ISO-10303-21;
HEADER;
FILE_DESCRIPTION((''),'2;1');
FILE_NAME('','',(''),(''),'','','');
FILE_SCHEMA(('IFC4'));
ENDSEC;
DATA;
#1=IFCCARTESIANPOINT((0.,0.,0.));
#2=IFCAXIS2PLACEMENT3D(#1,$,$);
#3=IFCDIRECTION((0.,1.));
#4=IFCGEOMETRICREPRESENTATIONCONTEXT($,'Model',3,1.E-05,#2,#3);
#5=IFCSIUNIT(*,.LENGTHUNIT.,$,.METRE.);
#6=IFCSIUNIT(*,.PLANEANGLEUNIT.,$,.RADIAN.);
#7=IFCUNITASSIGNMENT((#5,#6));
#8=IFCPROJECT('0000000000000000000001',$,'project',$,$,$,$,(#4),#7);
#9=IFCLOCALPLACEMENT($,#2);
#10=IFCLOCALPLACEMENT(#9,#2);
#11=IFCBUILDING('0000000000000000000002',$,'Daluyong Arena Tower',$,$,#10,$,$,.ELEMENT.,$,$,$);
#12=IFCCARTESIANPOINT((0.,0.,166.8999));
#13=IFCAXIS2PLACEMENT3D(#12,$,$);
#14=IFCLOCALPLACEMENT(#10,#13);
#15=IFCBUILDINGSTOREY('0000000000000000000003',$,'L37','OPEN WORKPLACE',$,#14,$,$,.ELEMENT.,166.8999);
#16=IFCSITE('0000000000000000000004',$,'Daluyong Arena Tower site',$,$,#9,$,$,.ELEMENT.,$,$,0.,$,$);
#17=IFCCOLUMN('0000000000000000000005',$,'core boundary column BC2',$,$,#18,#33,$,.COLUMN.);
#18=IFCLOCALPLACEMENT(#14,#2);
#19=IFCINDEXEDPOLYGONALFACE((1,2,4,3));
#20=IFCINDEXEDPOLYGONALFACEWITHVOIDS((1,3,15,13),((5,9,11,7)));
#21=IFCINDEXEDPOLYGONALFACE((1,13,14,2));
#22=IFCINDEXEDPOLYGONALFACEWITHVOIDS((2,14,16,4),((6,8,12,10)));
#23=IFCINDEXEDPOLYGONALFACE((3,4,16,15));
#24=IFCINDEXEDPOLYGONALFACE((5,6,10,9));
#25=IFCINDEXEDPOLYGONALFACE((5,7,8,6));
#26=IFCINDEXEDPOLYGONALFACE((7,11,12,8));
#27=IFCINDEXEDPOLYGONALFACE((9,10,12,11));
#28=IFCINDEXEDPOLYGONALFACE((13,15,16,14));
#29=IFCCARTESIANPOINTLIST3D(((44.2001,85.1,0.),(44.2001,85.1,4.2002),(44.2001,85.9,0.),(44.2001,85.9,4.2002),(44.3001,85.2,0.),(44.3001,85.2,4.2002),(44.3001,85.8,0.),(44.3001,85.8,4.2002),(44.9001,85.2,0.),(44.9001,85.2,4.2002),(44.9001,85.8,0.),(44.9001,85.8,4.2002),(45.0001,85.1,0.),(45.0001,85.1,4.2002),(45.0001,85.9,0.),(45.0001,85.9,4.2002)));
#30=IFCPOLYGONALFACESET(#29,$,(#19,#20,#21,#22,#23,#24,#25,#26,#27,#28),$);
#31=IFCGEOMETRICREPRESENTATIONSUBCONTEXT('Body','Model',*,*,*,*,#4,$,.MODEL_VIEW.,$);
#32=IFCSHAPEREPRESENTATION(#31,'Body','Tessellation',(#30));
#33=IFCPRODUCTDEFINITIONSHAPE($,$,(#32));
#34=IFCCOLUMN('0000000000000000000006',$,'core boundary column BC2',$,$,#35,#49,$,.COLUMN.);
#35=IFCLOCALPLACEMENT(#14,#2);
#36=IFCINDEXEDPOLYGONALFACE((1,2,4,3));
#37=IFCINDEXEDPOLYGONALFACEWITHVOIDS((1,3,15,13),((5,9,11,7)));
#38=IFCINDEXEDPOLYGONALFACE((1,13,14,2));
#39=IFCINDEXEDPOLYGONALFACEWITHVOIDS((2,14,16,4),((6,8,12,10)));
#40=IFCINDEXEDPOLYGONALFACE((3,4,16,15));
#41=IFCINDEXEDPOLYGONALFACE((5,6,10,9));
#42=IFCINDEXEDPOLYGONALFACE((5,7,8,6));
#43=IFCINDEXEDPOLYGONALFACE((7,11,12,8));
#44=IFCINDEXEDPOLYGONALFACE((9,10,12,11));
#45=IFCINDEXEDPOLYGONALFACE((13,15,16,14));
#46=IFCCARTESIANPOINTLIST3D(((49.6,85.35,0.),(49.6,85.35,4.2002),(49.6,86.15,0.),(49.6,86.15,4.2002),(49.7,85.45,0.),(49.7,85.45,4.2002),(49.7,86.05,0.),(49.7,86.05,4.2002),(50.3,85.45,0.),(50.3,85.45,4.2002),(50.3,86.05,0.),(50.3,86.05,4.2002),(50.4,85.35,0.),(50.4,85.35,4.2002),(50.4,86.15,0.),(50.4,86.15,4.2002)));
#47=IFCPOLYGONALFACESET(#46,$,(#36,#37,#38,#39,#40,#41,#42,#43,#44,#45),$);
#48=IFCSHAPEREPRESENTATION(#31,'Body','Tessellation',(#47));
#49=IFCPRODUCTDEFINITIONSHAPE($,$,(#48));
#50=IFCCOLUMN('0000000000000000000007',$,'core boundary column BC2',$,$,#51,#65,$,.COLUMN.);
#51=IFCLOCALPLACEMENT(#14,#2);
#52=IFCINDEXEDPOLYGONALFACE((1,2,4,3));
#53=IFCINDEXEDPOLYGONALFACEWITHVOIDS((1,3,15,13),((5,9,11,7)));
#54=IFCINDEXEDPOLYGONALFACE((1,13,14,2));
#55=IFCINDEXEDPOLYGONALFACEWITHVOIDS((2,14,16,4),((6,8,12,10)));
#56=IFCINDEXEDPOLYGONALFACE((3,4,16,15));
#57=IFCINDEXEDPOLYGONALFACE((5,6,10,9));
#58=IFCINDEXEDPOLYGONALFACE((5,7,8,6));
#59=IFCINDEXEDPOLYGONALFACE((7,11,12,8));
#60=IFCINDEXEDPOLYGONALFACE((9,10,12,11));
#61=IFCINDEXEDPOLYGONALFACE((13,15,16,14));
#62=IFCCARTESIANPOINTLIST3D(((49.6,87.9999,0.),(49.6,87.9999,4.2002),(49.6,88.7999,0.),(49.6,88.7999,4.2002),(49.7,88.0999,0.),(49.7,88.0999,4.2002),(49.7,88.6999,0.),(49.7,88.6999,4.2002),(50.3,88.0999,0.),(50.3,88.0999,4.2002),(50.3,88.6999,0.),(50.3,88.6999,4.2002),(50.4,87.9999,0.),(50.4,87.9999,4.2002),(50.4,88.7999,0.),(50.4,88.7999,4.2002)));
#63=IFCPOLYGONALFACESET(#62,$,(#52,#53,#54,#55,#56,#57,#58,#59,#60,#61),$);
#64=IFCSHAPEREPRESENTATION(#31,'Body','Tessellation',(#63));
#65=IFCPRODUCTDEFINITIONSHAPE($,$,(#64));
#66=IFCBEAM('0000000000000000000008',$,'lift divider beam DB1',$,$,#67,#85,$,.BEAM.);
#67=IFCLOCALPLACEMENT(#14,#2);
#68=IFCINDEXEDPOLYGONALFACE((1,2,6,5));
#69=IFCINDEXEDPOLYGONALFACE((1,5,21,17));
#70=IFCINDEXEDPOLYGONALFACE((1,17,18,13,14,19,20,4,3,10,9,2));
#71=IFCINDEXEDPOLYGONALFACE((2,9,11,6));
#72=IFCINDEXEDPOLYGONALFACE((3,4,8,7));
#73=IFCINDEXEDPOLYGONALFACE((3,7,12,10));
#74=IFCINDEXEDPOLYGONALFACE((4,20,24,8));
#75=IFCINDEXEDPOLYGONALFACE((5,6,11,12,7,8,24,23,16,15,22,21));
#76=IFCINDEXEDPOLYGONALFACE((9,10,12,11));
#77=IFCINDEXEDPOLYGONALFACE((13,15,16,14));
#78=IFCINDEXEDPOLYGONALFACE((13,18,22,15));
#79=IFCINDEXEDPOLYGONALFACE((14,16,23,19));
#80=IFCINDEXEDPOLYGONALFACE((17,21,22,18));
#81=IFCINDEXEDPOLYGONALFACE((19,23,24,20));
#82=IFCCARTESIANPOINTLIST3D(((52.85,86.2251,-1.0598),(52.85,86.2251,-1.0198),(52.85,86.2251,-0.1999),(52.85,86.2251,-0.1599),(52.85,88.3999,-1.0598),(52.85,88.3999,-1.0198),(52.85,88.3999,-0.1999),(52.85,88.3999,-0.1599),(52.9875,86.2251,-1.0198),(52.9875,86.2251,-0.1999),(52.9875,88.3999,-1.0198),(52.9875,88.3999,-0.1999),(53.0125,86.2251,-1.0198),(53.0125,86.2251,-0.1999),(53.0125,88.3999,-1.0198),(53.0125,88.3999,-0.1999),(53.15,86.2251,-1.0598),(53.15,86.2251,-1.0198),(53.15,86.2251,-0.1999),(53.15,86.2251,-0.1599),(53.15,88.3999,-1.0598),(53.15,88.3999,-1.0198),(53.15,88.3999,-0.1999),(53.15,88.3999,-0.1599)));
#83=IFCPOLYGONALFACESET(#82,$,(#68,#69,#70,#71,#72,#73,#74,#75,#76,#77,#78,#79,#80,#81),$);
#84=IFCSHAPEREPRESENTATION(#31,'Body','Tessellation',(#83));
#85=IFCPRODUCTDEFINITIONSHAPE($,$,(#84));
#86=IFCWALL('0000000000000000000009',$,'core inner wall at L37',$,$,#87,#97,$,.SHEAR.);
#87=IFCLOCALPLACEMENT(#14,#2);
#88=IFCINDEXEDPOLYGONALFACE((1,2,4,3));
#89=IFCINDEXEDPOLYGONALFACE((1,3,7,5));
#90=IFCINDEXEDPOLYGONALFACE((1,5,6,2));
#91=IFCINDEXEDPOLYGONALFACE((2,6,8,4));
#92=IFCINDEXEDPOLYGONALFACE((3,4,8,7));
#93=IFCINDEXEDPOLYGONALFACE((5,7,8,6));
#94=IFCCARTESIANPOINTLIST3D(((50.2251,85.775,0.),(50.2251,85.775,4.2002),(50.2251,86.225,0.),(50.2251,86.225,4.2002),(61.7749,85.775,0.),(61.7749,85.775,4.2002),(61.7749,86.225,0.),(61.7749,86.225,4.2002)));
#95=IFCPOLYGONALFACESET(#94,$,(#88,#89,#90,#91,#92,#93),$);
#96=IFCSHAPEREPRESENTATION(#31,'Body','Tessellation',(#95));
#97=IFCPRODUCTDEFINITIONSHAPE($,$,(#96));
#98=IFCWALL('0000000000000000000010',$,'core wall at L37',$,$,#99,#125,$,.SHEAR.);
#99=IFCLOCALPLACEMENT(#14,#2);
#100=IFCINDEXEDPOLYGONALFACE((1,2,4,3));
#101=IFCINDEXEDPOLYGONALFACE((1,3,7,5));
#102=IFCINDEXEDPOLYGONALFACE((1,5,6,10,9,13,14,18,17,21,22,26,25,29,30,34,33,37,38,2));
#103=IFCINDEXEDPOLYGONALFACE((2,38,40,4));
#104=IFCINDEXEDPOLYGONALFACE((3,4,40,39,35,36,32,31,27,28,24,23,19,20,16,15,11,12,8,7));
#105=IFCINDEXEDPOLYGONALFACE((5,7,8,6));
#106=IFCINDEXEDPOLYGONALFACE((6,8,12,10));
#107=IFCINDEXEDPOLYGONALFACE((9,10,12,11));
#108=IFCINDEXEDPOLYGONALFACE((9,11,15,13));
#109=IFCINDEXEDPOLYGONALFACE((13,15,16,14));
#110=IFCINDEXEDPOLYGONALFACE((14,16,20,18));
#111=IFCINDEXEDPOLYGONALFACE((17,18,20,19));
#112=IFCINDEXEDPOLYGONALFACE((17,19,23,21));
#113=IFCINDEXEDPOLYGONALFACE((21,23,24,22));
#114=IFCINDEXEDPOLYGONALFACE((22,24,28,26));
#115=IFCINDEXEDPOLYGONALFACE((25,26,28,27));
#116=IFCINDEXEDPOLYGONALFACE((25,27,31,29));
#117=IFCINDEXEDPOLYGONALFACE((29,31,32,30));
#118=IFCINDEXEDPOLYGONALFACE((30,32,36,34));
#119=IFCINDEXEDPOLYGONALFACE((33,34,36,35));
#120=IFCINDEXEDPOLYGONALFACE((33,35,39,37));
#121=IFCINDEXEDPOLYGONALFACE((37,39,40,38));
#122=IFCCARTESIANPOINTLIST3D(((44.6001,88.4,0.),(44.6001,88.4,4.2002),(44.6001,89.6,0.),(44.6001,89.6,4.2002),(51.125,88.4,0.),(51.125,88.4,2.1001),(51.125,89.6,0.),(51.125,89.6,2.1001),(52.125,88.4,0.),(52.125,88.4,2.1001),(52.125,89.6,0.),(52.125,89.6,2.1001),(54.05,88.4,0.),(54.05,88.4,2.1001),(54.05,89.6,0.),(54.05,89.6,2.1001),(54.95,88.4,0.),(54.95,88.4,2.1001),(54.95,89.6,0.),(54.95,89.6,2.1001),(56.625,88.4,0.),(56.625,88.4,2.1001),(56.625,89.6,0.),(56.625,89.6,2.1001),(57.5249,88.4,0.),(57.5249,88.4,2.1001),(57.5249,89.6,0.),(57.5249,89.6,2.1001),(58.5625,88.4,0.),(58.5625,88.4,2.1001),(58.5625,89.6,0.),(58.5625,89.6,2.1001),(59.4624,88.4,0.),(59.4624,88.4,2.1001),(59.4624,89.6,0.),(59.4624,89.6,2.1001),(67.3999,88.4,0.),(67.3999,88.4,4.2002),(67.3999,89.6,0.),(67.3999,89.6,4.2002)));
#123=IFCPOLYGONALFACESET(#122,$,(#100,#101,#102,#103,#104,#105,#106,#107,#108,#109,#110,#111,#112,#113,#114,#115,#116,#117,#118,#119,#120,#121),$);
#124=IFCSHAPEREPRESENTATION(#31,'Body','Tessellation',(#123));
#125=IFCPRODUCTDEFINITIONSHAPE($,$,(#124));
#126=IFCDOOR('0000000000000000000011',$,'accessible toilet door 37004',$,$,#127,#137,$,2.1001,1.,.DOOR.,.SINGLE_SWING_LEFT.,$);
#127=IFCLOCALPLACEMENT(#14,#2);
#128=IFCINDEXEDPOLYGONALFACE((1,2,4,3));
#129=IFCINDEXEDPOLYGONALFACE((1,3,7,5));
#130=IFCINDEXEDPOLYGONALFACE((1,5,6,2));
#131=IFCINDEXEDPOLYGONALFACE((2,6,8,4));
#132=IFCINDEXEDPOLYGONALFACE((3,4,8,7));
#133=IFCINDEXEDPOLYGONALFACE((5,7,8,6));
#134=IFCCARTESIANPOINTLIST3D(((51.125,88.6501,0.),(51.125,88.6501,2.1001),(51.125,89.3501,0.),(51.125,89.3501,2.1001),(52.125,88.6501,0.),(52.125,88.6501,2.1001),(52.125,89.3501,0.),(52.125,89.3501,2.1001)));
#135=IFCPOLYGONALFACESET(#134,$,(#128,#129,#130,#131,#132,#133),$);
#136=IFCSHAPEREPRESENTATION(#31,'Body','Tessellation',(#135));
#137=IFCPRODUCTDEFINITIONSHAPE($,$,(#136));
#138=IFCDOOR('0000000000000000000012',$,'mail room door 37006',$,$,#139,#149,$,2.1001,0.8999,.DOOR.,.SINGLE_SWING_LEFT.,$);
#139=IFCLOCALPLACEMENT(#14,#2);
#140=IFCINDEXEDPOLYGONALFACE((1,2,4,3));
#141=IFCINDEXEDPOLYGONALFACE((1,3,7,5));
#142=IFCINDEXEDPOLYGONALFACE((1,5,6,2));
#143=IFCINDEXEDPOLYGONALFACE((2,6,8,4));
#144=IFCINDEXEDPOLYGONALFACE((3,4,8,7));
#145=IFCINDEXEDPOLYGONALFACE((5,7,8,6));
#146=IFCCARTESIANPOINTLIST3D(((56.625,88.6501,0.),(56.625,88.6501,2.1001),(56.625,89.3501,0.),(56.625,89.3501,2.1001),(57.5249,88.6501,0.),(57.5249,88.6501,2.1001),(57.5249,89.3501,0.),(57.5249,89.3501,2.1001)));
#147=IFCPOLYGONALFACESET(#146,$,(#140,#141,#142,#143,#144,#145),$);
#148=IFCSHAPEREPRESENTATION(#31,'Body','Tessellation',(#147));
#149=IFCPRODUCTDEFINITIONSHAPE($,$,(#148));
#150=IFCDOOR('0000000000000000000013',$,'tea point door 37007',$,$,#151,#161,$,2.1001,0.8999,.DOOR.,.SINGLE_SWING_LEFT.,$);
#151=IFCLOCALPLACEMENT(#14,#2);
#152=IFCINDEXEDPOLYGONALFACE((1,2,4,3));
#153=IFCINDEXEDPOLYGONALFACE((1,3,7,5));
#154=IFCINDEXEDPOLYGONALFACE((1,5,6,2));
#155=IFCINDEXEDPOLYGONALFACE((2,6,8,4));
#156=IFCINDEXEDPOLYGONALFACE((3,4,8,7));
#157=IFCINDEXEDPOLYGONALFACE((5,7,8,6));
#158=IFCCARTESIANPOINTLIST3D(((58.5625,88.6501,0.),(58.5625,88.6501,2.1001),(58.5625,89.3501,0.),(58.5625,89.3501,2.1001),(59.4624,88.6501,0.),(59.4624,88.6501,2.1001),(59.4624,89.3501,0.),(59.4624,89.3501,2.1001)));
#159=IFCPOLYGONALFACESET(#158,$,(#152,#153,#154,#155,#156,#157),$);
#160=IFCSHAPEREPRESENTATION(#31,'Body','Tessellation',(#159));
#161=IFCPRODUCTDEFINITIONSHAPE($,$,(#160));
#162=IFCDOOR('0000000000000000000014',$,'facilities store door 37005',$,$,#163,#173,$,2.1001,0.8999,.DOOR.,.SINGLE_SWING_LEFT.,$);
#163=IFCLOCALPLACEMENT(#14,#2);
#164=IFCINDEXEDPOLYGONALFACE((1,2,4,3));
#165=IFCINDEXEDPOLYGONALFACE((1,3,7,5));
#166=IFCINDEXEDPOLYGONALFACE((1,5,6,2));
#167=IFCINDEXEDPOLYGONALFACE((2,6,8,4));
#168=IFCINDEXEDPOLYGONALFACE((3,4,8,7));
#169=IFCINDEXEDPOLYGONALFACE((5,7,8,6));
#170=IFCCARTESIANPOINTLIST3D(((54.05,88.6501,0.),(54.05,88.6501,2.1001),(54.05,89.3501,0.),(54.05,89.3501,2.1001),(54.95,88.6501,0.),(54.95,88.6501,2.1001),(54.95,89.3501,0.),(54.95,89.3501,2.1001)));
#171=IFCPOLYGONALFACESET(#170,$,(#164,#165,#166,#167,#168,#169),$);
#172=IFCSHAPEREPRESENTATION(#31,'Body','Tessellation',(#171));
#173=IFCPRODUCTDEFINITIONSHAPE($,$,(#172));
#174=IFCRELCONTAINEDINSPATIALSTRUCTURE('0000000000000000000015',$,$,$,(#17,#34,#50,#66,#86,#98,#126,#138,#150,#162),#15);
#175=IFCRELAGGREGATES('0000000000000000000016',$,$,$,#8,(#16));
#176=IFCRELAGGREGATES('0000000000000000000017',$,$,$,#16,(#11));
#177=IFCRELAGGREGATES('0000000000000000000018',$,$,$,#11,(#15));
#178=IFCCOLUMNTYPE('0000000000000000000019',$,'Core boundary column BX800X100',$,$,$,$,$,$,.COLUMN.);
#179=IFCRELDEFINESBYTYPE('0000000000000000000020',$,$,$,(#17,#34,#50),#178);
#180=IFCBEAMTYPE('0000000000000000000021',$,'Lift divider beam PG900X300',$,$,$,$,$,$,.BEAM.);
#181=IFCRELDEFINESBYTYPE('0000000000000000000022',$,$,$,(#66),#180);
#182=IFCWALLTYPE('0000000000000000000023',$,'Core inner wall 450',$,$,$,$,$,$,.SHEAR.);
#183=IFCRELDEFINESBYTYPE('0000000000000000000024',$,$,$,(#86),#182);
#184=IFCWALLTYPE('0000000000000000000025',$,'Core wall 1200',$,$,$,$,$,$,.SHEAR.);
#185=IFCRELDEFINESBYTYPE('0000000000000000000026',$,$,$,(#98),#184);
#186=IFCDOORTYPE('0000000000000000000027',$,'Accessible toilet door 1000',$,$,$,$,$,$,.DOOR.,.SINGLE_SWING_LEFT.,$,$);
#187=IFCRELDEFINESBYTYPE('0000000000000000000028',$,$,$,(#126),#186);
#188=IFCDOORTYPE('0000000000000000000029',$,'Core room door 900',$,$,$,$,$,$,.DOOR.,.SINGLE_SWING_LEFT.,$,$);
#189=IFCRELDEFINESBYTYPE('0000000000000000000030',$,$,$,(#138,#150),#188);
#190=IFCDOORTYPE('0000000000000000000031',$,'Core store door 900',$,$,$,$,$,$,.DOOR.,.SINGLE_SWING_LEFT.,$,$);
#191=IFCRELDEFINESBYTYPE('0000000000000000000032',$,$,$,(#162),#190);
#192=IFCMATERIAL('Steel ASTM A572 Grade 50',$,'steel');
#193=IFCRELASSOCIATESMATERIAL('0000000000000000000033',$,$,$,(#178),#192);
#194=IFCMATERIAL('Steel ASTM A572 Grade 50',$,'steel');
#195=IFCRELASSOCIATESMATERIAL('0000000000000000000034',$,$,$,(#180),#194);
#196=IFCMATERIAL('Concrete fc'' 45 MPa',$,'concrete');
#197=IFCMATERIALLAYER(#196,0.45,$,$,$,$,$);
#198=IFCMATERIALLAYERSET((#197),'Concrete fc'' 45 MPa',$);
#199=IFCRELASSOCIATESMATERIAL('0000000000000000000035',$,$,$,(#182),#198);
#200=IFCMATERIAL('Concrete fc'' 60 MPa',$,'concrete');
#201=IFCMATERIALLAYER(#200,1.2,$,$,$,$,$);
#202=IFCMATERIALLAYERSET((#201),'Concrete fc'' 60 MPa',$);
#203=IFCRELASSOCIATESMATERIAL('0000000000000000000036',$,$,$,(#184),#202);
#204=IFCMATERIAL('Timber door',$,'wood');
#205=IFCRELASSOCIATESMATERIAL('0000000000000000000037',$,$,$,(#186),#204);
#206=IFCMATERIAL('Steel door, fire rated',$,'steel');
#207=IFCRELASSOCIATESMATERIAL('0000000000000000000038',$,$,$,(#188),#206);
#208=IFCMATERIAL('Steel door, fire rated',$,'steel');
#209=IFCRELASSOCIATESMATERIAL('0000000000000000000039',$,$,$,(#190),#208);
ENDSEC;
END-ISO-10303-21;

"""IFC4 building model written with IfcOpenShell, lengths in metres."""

from ifc_helpers import new_model, si_unit, direction, frame, frame_2d, origin, origin_2d, place, context, subcontext, project, spatial, rectangle, hollow_rectangle, i_section, extrude, material, layer, layer_set, material_profile, profile_set, type_object, element, fill, save


model = new_model("IFC4")

# Units and contexts
model_context = context("Model", 3, precision=1e-05, world=origin(), true_north=direction((0.0, 1.0)))
body_context = subcontext(model_context, "Body", "Model", "MODEL_VIEW")
ifc_project = project(units=[si_unit("LENGTHUNIT", "METRE"), si_unit("PLANEANGLEUNIT", "RADIAN")], contexts=[model_context])

# Site, building, storey
site_placement = place(None, origin())
site = spatial("IfcSite", under=ifc_project, at=site_placement, Name="Daluyong Arena Tower site", CompositionType="ELEMENT", RefElevation=0.0)
building_placement = place(site_placement, origin())
building = spatial("IfcBuilding", under=site, at=building_placement, Name="Daluyong Arena Tower", CompositionType="ELEMENT")
storey_placement = place(building_placement, frame((0.0, 0.0, 166.8999)))
storey = spatial("IfcBuildingStorey", under=building, at=storey_placement, Name="L37", Description="OPEN WORKPLACE", CompositionType="ELEMENT", Elevation=166.8999)

# Columns
ifc_material_1 = material(Name="Steel ASTM A572 Grade 50", Category="steel")
ifc_material_profile_1 = material_profile(ifc_material_1, hollow_rectangle(XDim=0.8, YDim=0.8, WallThickness=0.1, at=origin_2d()))
ifc_profile_set_1 = profile_set([ifc_material_profile_1], Name="Steel ASTM A572 Grade 50")
column_type = type_object("IfcColumnType", Name="Core boundary column BX800X100", PredefinedType="COLUMN", material=ifc_profile_set_1)
for number, where, z_axis, x_axis, name in (
    (1, (44.6001, 85.5, 0.0), (0.0, 0.0, 1.0), (1.0, 0.0, 0.0), "core boundary column BC2"),
    (2, (50.0, 85.75, 0.0), (0.0, 0.0, 1.0), (1.0, 0.0, 0.0), "core boundary column BC2"),
    (3, (50.0, 88.3999, 0.0), (0.0, 0.0, 1.0), (1.0, 0.0, 0.0), "core boundary column BC2"),
):
    element("IfcColumn", number, at=place(storey_placement, frame(where, z_axis=z_axis, x_axis=x_axis)), inside=storey, type_object=column_type, Name=name, PredefinedType="COLUMN", context=body_context, shape_type="SweptSolid", body=[
        extrude(hollow_rectangle(XDim=0.8, YDim=0.8, WallThickness=0.1, at=origin_2d()), origin(), (0.0, 0.0, 1.0), 4.2002),
    ])

# Beam
ifc_material_2 = material(Name="Steel ASTM A572 Grade 50", Category="steel")
ifc_material_profile_2 = material_profile(ifc_material_2, i_section(OverallWidth=0.3, OverallDepth=0.8999, WebThickness=0.025, FlangeThickness=0.04, at=origin_2d()))
ifc_profile_set_2 = profile_set([ifc_material_profile_2], Name="Steel ASTM A572 Grade 50")
beam_type = type_object("IfcBeamType", Name="Lift divider beam PG900X300", PredefinedType="BEAM", material=ifc_profile_set_2)
beam_placement = place(storey_placement, frame((53.0, 86.2251, -0.6099), z_axis=(0.0, 1.0, 0.0), x_axis=(-1.0, 0.0, 0.0)))
element("IfcBeam", 4, at=beam_placement, inside=storey, type_object=beam_type, Name="lift divider beam DB1", PredefinedType="BEAM", context=body_context, shape_type="SweptSolid", body=[
    extrude(i_section(OverallWidth=0.3, OverallDepth=0.8999, WebThickness=0.025, FlangeThickness=0.04, at=origin_2d()), origin(), (0.0, 0.0, 1.0), 2.1748),
])

# Wall
ifc_material_3 = material(Name="Concrete fc' 45 MPa", Category="concrete")
ifc_layer_1 = layer(ifc_material_3, 0.45)
ifc_layer_set_1 = layer_set([ifc_layer_1], Name="Concrete fc' 45 MPa")
wall_type_1 = type_object("IfcWallType", Name="Core inner wall 450", PredefinedType="SHEAR", material=ifc_layer_set_1)
wall_1_placement = place(storey_placement, frame((50.2251, 86.0, 0.0), z_axis=(0.0, 0.0, 1.0), x_axis=(1.0, 0.0, 0.0)))
element("IfcWall", 5, at=wall_1_placement, inside=storey, type_object=wall_type_1, Name="core inner wall at L37", PredefinedType="SHEAR", context=body_context, shape_type="SweptSolid", body=[
    extrude(rectangle(XDim=11.5498, YDim=0.45, at=frame_2d((5.7749, 0.0))), origin(), (0.0, 0.0, 1.0), 4.2002),
])

# Wall, openings, doors
ifc_material_4 = material(Name="Concrete fc' 60 MPa", Category="concrete")
ifc_layer_2 = layer(ifc_material_4, 1.2)
ifc_layer_set_2 = layer_set([ifc_layer_2], Name="Concrete fc' 60 MPa")
wall_type_2 = type_object("IfcWallType", Name="Core wall 1200", PredefinedType="SHEAR", material=ifc_layer_set_2)
wall_2_placement = place(storey_placement, frame((44.6001, 89.0, 0.0), z_axis=(0.0, 0.0, 1.0), x_axis=(1.0, 0.0, 0.0)))
wall_2 = element("IfcWall", 6, at=wall_2_placement, inside=storey, type_object=wall_type_2, Name="core wall at L37", PredefinedType="SHEAR", context=body_context, shape_type="SweptSolid", body=[
    extrude(rectangle(XDim=22.7998, YDim=1.2, at=frame_2d((11.3999, 0.0))), origin(), (0.0, 0.0, 1.0), 4.2002),
])
opening_1_placement = place(wall_2_placement, frame((6.5249, 0.0, 0.0)))
opening_1 = element("IfcOpeningElement", 7, at=opening_1_placement, cuts=wall_2, PredefinedType="OPENING", context=body_context, shape_type="SweptSolid", body=[
    extrude(rectangle(XDim=1.0, YDim=2.1001, at=frame_2d((0.5, 1.05))), frame((0.0, 0.6099, 0.0), z_axis=(0.0, -1.0, 0.0), x_axis=(1.0, 0.0, 0.0)), (0.0, 0.0, 1.0), 1.22),
])
opening_2_placement = place(wall_2_placement, frame((9.45, 0.0, 0.0)))
opening_2 = element("IfcOpeningElement", 8, at=opening_2_placement, cuts=wall_2, PredefinedType="OPENING", context=body_context, shape_type="SweptSolid", body=[
    extrude(rectangle(XDim=0.8999, YDim=2.1001, at=frame_2d((0.45, 1.05))), frame((0.0, 0.6099, 0.0), z_axis=(0.0, -1.0, 0.0), x_axis=(1.0, 0.0, 0.0)), (0.0, 0.0, 1.0), 1.22),
])
opening_3_placement = place(wall_2_placement, frame((12.0249, 0.0, 0.0)))
opening_3 = element("IfcOpeningElement", 9, at=opening_3_placement, cuts=wall_2, PredefinedType="OPENING", context=body_context, shape_type="SweptSolid", body=[
    extrude(rectangle(XDim=0.8999, YDim=2.1001, at=frame_2d((0.45, 1.05))), frame((0.0, 0.6099, 0.0), z_axis=(0.0, -1.0, 0.0), x_axis=(1.0, 0.0, 0.0)), (0.0, 0.0, 1.0), 1.22),
])
opening_4_placement = place(wall_2_placement, frame((13.9624, 0.0, 0.0)))
opening_4 = element("IfcOpeningElement", 10, at=opening_4_placement, cuts=wall_2, PredefinedType="OPENING", context=body_context, shape_type="SweptSolid", body=[
    extrude(rectangle(XDim=0.8999, YDim=2.1001, at=frame_2d((0.45, 1.05))), frame((0.0, 0.6099, 0.0), z_axis=(0.0, -1.0, 0.0), x_axis=(1.0, 0.0, 0.0)), (0.0, 0.0, 1.0), 1.22),
])
ifc_material_5 = material(Name="Timber door", Category="wood")
door_type_1 = type_object("IfcDoorType", Name="Accessible toilet door 1000", OperationType="SINGLE_SWING_LEFT", PredefinedType="DOOR", material=ifc_material_5)
door_1_placement = place(opening_1_placement, origin())
door_1 = element("IfcDoor", 11, at=door_1_placement, inside=storey, type_object=door_type_1, Name="accessible toilet door 37004", OperationType="SINGLE_SWING_LEFT", OverallHeight=2.1001, OverallWidth=1.0, PredefinedType="DOOR", context=body_context, shape_type="SweptSolid", body=[
    extrude(rectangle(XDim=1.0, YDim=2.1001, at=frame_2d((0.5, 1.05))), frame((0.0, 0.3501, 0.0), z_axis=(0.0, -1.0, 0.0), x_axis=(1.0, 0.0, 0.0)), (0.0, 0.0, 1.0), 0.7),
])
fill(opening_1, door_1)
ifc_material_6 = material(Name="Steel door, fire rated", Category="steel")
door_type_2 = type_object("IfcDoorType", Name="Core room door 900", OperationType="SINGLE_SWING_LEFT", PredefinedType="DOOR", material=ifc_material_6)
door_2_placement = place(opening_3_placement, origin())
door_2 = element("IfcDoor", 12, at=door_2_placement, inside=storey, type_object=door_type_2, Name="mail room door 37006", OperationType="SINGLE_SWING_LEFT", OverallHeight=2.1001, OverallWidth=0.8999, PredefinedType="DOOR", context=body_context, shape_type="SweptSolid", body=[
    extrude(rectangle(XDim=0.8999, YDim=2.1001, at=frame_2d((0.45, 1.05))), frame((0.0, 0.3501, 0.0), z_axis=(0.0, -1.0, 0.0), x_axis=(1.0, 0.0, 0.0)), (0.0, 0.0, 1.0), 0.7),
])
fill(opening_3, door_2)
door_3_placement = place(opening_4_placement, origin())
door_3 = element("IfcDoor", 13, at=door_3_placement, inside=storey, type_object=door_type_2, Name="tea point door 37007", OperationType="SINGLE_SWING_LEFT", OverallHeight=2.1001, OverallWidth=0.8999, PredefinedType="DOOR", context=body_context, shape_type="SweptSolid", body=[
    extrude(rectangle(XDim=0.8999, YDim=2.1001, at=frame_2d((0.45, 1.05))), frame((0.0, 0.3501, 0.0), z_axis=(0.0, -1.0, 0.0), x_axis=(1.0, 0.0, 0.0)), (0.0, 0.0, 1.0), 0.7),
])
fill(opening_4, door_3)
ifc_material_7 = material(Name="Steel door, fire rated", Category="steel")
door_type_3 = type_object("IfcDoorType", Name="Core store door 900", OperationType="SINGLE_SWING_LEFT", PredefinedType="DOOR", material=ifc_material_7)
door_4_placement = place(opening_2_placement, origin())
door_4 = element("IfcDoor", 14, at=door_4_placement, inside=storey, type_object=door_type_3, Name="facilities store door 37005", OperationType="SINGLE_SWING_LEFT", OverallHeight=2.1001, OverallWidth=0.8999, PredefinedType="DOOR", context=body_context, shape_type="SweptSolid", body=[
    extrude(rectangle(XDim=0.8999, YDim=2.1001, at=frame_2d((0.45, 1.05))), frame((0.0, 0.3501, 0.0), z_axis=(0.0, -1.0, 0.0), x_axis=(1.0, 0.0, 0.0)), (0.0, 0.0, 1.0), 0.7),
])
fill(opening_2, door_4)

save(model, "model.ifc")
